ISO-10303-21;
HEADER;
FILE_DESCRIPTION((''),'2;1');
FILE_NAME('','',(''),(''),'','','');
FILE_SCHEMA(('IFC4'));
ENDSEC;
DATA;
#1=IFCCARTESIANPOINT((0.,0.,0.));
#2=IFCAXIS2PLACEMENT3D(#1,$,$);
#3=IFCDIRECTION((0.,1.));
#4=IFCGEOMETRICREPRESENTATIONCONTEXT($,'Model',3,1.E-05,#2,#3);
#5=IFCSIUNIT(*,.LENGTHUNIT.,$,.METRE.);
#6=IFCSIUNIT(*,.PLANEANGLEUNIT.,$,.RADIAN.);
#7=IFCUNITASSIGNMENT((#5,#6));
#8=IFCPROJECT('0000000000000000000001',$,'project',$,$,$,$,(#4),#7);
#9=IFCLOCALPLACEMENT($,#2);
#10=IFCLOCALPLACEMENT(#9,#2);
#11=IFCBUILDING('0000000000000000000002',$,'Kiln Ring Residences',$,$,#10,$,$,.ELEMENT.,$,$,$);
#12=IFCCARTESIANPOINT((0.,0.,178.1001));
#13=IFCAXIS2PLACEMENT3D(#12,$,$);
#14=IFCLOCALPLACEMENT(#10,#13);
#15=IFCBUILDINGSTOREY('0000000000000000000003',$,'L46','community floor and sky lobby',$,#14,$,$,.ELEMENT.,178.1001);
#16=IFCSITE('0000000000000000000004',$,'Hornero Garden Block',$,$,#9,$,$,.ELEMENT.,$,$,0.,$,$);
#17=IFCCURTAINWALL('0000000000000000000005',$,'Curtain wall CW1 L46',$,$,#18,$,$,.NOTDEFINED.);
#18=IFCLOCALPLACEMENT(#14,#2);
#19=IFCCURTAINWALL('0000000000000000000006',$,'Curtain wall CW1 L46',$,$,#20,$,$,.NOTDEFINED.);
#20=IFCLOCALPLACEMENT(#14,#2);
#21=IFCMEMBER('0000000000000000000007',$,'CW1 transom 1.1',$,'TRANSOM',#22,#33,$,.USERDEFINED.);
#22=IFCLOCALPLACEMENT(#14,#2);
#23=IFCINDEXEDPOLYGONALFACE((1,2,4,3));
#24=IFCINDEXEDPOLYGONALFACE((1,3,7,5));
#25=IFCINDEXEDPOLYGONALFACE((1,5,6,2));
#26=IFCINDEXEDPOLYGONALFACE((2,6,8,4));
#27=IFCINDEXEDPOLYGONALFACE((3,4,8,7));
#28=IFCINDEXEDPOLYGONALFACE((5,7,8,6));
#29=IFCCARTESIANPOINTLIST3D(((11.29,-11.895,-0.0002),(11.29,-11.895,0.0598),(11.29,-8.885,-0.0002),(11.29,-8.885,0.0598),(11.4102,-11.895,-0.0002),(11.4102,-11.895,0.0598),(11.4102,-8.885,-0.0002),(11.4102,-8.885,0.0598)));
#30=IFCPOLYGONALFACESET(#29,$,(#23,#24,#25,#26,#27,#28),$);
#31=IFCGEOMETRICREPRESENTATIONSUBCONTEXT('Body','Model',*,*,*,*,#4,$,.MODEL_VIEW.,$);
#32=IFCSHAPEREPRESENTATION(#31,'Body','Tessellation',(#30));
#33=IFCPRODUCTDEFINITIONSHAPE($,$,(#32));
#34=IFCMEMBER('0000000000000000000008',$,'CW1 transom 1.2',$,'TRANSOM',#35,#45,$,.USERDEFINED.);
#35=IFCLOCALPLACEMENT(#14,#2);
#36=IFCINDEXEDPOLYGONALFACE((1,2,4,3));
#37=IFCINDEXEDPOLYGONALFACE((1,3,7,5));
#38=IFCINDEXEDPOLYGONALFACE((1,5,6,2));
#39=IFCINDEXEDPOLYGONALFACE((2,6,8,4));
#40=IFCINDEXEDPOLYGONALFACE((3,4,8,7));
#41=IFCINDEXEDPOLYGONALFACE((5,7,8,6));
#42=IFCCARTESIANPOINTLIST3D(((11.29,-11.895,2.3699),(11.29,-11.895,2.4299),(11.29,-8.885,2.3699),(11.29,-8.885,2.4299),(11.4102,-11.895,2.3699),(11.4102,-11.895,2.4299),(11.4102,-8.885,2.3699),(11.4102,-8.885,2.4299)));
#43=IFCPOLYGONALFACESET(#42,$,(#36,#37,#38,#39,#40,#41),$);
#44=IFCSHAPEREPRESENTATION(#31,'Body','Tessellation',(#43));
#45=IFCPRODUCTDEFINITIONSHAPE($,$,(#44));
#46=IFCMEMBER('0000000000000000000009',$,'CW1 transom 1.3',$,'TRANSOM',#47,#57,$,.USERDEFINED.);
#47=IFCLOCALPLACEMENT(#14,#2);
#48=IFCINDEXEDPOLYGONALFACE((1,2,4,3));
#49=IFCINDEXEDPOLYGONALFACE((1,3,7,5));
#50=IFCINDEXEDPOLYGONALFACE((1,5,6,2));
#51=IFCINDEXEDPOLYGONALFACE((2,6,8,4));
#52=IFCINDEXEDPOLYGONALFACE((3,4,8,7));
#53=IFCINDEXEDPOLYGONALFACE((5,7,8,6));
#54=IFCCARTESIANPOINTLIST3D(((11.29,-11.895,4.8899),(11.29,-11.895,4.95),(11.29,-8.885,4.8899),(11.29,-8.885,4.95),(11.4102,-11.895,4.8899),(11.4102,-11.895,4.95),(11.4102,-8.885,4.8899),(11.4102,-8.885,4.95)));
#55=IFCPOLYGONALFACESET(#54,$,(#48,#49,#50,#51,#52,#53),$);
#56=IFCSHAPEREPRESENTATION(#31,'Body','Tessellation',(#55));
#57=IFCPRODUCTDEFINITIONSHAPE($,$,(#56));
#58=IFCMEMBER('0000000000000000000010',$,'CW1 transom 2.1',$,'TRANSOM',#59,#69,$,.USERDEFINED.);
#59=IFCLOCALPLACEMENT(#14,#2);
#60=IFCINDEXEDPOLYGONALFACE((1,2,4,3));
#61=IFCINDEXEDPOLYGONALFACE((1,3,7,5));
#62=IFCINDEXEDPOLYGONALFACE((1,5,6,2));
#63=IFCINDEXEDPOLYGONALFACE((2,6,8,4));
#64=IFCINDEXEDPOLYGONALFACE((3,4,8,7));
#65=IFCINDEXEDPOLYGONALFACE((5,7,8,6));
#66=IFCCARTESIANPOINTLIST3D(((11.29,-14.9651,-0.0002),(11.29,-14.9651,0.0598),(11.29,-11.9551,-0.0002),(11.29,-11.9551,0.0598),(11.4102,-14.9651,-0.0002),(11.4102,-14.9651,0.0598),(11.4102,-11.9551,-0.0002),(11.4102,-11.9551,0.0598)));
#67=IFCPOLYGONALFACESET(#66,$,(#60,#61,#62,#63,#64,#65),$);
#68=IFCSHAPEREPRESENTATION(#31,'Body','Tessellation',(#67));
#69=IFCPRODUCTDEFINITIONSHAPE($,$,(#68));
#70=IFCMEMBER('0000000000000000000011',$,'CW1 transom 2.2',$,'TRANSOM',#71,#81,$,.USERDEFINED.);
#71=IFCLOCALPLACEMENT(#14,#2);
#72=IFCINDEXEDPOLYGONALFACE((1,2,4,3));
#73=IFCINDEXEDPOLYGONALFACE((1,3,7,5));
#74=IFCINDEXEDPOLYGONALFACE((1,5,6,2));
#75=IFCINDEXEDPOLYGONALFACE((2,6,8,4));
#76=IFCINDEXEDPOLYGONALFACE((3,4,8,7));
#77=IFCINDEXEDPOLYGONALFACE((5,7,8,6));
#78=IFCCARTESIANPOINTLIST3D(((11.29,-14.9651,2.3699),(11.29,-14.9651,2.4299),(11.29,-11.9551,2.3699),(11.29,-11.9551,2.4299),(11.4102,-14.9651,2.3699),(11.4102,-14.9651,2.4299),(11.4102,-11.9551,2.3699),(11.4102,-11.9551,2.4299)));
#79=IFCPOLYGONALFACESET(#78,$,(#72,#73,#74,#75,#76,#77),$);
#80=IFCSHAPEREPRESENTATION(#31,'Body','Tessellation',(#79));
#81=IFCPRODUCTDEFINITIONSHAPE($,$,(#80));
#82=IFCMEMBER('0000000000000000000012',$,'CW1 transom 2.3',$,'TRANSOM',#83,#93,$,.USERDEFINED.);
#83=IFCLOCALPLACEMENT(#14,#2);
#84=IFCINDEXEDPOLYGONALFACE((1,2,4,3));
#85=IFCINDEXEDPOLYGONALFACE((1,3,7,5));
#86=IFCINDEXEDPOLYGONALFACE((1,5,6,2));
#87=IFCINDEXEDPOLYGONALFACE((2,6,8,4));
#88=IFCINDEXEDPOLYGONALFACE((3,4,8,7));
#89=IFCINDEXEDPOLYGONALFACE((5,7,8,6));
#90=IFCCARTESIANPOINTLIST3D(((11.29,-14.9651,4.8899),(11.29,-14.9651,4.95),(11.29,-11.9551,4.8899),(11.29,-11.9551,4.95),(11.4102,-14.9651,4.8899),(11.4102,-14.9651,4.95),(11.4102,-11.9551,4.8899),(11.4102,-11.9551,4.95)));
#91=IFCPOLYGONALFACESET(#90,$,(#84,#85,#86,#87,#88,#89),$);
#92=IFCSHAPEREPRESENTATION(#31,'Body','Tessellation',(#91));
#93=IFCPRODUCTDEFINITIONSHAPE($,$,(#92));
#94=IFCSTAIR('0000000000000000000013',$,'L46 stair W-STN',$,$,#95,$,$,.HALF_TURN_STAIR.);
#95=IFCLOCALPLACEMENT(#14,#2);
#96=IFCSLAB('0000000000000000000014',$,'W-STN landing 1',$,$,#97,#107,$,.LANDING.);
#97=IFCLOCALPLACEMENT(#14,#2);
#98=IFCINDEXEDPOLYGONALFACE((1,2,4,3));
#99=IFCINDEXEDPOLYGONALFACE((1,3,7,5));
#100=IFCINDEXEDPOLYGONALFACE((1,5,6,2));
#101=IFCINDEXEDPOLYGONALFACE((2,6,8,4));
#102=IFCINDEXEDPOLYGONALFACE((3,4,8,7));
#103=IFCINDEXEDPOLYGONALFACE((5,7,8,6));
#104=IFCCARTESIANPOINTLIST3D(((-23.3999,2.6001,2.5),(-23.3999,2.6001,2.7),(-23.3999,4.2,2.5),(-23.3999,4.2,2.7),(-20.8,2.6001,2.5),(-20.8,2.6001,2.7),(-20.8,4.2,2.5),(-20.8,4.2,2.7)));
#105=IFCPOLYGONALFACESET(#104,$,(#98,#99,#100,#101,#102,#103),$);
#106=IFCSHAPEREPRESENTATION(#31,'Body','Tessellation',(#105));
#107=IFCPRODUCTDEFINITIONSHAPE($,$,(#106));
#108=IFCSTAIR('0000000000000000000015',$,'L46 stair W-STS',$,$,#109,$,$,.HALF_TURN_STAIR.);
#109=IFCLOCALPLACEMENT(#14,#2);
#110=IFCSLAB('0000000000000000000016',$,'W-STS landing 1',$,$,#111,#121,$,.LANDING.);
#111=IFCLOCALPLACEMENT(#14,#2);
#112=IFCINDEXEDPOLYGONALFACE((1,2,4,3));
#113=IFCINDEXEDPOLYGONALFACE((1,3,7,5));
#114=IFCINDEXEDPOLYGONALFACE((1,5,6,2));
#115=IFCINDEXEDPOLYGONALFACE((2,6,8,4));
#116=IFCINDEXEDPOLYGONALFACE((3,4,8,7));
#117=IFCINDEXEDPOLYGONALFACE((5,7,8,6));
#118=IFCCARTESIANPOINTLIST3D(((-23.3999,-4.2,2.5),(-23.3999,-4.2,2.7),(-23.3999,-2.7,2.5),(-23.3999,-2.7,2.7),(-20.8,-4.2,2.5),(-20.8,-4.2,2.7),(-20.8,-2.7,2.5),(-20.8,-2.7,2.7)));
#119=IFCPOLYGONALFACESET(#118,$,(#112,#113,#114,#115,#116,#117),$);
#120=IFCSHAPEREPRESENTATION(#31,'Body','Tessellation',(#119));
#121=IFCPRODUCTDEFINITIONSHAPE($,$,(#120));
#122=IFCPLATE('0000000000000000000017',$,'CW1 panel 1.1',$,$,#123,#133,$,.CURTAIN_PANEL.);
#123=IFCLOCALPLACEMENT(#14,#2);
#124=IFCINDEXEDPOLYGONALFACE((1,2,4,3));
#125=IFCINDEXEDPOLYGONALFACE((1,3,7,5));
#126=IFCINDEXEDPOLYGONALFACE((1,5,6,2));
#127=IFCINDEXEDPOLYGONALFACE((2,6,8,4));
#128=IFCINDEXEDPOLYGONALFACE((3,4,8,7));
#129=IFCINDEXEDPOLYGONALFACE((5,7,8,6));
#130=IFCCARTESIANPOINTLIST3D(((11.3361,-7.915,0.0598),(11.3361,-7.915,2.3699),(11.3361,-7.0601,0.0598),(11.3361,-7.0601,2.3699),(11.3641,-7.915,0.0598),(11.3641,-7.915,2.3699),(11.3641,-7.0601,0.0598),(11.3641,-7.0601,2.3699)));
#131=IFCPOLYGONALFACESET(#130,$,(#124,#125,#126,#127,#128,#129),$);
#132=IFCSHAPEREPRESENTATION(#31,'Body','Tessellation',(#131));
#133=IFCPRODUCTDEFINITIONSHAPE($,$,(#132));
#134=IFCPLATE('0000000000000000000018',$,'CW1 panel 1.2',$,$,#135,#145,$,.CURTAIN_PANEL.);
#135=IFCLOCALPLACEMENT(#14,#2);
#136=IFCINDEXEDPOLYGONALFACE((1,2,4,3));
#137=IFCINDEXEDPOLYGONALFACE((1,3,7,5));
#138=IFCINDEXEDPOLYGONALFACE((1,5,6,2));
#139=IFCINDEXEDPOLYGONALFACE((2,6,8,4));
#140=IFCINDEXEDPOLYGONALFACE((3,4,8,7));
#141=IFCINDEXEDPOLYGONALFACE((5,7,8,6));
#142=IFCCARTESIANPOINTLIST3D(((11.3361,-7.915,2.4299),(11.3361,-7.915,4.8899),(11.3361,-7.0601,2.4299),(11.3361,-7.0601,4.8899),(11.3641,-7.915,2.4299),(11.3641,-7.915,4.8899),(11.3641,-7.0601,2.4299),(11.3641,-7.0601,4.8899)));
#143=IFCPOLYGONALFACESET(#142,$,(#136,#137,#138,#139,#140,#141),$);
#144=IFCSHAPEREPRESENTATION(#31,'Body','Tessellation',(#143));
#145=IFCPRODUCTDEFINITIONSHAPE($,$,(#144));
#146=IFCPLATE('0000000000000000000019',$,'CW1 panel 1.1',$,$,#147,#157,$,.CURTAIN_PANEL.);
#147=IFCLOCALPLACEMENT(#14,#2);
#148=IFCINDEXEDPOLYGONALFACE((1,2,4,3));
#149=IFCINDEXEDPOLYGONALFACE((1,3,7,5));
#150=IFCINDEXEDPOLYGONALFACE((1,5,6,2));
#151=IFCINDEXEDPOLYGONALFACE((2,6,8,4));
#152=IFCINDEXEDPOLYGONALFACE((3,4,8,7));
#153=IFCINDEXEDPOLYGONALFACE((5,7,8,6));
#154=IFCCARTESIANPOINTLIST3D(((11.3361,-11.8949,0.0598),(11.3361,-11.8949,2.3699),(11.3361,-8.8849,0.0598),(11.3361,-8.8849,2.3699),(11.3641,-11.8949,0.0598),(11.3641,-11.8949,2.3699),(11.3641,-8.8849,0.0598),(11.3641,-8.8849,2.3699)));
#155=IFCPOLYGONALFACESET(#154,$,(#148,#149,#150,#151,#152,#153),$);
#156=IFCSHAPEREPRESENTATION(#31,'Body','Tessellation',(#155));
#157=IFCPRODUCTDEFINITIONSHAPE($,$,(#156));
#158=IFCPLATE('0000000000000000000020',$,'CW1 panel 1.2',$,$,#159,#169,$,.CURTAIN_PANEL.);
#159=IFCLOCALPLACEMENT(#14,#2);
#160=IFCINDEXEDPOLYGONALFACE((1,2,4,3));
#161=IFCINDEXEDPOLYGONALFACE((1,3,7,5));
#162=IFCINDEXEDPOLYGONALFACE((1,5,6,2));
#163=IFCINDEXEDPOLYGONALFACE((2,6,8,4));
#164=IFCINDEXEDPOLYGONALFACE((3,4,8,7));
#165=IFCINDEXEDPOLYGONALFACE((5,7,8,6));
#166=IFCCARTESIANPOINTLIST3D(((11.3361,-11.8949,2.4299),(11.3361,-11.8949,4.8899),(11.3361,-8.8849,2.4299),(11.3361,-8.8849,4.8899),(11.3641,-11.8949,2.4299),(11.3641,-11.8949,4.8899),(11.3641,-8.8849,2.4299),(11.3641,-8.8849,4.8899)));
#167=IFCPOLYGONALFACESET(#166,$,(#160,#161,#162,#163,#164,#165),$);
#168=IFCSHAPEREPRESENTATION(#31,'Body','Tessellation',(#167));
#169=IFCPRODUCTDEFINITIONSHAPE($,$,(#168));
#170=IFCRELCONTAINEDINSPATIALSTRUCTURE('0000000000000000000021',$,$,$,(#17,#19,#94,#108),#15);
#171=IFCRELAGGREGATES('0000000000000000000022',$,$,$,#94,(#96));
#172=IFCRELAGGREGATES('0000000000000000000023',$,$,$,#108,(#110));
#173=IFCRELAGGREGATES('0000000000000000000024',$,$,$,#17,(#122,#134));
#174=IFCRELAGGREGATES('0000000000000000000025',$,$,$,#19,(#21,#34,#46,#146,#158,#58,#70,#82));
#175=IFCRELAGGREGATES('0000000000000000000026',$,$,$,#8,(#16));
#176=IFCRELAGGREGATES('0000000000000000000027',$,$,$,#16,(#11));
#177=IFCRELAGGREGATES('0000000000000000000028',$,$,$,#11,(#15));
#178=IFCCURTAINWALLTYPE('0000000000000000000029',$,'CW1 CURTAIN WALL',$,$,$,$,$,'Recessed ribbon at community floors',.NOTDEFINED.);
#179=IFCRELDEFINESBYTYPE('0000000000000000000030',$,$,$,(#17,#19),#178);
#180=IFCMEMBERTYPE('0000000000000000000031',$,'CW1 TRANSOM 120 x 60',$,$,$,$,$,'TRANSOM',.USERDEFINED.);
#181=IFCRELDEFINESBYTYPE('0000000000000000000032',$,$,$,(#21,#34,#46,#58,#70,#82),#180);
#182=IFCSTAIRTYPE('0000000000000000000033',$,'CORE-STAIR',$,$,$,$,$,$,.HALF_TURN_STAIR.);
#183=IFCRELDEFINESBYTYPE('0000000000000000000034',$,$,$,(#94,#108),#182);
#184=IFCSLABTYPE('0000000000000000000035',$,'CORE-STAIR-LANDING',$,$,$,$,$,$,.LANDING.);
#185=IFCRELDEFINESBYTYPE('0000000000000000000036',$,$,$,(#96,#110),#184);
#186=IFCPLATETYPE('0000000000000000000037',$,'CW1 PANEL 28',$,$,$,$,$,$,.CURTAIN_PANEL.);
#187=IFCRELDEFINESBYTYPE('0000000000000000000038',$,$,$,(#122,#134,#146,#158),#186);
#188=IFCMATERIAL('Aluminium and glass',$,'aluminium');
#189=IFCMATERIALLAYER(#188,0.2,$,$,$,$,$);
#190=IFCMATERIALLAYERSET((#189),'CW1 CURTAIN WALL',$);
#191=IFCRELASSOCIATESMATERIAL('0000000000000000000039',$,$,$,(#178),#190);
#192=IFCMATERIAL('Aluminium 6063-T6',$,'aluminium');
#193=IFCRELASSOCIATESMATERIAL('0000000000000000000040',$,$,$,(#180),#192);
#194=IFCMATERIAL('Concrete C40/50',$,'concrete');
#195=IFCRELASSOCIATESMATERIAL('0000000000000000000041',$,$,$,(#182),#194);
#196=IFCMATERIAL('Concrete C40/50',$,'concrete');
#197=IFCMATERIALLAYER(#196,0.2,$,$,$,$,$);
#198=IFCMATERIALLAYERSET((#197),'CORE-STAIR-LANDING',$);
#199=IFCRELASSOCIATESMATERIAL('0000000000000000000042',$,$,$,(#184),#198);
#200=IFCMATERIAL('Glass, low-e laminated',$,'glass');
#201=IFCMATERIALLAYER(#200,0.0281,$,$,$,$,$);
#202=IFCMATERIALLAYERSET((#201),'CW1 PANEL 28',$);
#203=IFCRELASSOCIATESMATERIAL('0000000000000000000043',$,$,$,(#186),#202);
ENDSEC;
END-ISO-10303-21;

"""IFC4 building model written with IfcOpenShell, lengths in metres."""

from ifc_helpers import new_model, si_unit, direction, frame, origin, origin_2d, place, context, subcontext, project, spatial, polyline, rectangle, outline, extrude, material, layer, layer_set, material_profile, profile_set, type_object, element, aggregate, save


model = new_model("IFC4")

# Units and contexts
model_context = context("Model", 3, precision=1e-05, world=origin(), true_north=direction((0.0, 1.0)))
body_context = subcontext(model_context, "Body", "Model", "MODEL_VIEW")
ifc_project = project(units=[si_unit("LENGTHUNIT", "METRE"), si_unit("PLANEANGLEUNIT", "RADIAN")], contexts=[model_context])

# Site, building, storey
site_placement = place(None, origin())
site = spatial("IfcSite", under=ifc_project, at=site_placement, Name="Hornero Garden Block", CompositionType="ELEMENT", RefElevation=0.0)
building_placement = place(site_placement, origin())
building = spatial("IfcBuilding", under=site, at=building_placement, Name="Kiln Ring Residences", CompositionType="ELEMENT")
storey_placement = place(building_placement, frame((0.0, 0.0, 178.1001)))
storey = spatial("IfcBuildingStorey", under=building, at=storey_placement, Name="L46", Description="community floor and sky lobby", CompositionType="ELEMENT", Elevation=178.1001)

# Curtain wall
ifc_material_1 = material(Name="Aluminium and glass", Category="aluminium")
ifc_layer_1 = layer(ifc_material_1, 0.2)
ifc_layer_set_1 = layer_set([ifc_layer_1], Name="CW1 CURTAIN WALL")
curtain_wall_type = type_object("IfcCurtainWallType", Name="CW1 CURTAIN WALL", ElementType="Recessed ribbon at community floors", PredefinedType="NOTDEFINED", material=ifc_layer_set_1)
placement_1 = place(storey_placement, origin())
curtain_wall_1 = element("IfcCurtainWall", 1, at=placement_1, inside=storey, type_object=curtain_wall_type, Name="Curtain wall CW1 L46", PredefinedType="NOTDEFINED")

# Curtain wall
curtain_wall_2 = element("IfcCurtainWall", 2, at=placement_1, inside=storey, type_object=curtain_wall_type, Name="Curtain wall CW1 L46", PredefinedType="NOTDEFINED")

# Members
ifc_material_2 = material(Name="Aluminium 6063-T6", Category="aluminium")
ifc_material_profile_1 = material_profile(ifc_material_2, rectangle(XDim=0.1201, YDim=0.0601, at=origin_2d()), Name="AL 120x60")
ifc_profile_set_1 = profile_set([ifc_material_profile_1], Name="Aluminium 6063-T6")
member_type_1 = type_object("IfcMemberType", Name="CW1 TRANSOM 120 x 60", ElementType="TRANSOM", PredefinedType="USERDEFINED", material=ifc_profile_set_1)
member_1_placement = place(storey_placement, frame((11.3501, -8.885, 0.0298), z_axis=(0.0, -1.0, 0.0), x_axis=(1.0, 0.0, 0.0)))
member_1 = element("IfcMember", 3, at=member_1_placement, type_object=member_type_1, Name="CW1 transom 1.1", ObjectType="TRANSOM", PredefinedType="USERDEFINED", context=body_context, shape_type="SweptSolid", body=[
    extrude(rectangle(XDim=0.1201, YDim=0.0601, at=origin_2d()), origin(), (0.0, 0.0, 1.0), 3.01),
])
member_2_placement = place(storey_placement, frame((11.3501, -8.885, 2.3999), z_axis=(0.0, -1.0, 0.0), x_axis=(1.0, 0.0, 0.0)))
member_2 = element("IfcMember", 4, at=member_2_placement, type_object=member_type_1, Name="CW1 transom 1.2", ObjectType="TRANSOM", PredefinedType="USERDEFINED", context=body_context, shape_type="SweptSolid", body=[
    extrude(rectangle(XDim=0.1201, YDim=0.0601, at=origin_2d()), origin(), (0.0, 0.0, 1.0), 3.01),
])
member_3_placement = place(storey_placement, frame((11.3501, -8.885, 4.9199), z_axis=(0.0, -1.0, 0.0), x_axis=(1.0, 0.0, 0.0)))
member_3 = element("IfcMember", 5, at=member_3_placement, type_object=member_type_1, Name="CW1 transom 1.3", ObjectType="TRANSOM", PredefinedType="USERDEFINED", context=body_context, shape_type="SweptSolid", body=[
    extrude(rectangle(XDim=0.1201, YDim=0.0601, at=origin_2d()), origin(), (0.0, 0.0, 1.0), 3.01),
])
member_4_placement = place(storey_placement, frame((11.3501, -11.9551, 0.0298), z_axis=(0.0, -1.0, 0.0), x_axis=(1.0, 0.0, 0.0)))
member_4 = element("IfcMember", 6, at=member_4_placement, type_object=member_type_1, Name="CW1 transom 2.1", ObjectType="TRANSOM", PredefinedType="USERDEFINED", context=body_context, shape_type="SweptSolid", body=[
    extrude(rectangle(XDim=0.1201, YDim=0.0601, at=origin_2d()), origin(), (0.0, 0.0, 1.0), 3.01),
])
member_5_placement = place(storey_placement, frame((11.3501, -11.9551, 2.3999), z_axis=(0.0, -1.0, 0.0), x_axis=(1.0, 0.0, 0.0)))
member_5 = element("IfcMember", 7, at=member_5_placement, type_object=member_type_1, Name="CW1 transom 2.2", ObjectType="TRANSOM", PredefinedType="USERDEFINED", context=body_context, shape_type="SweptSolid", body=[
    extrude(rectangle(XDim=0.1201, YDim=0.0601, at=origin_2d()), origin(), (0.0, 0.0, 1.0), 3.01),
])
member_6_placement = place(storey_placement, frame((11.3501, -11.9551, 4.9199), z_axis=(0.0, -1.0, 0.0), x_axis=(1.0, 0.0, 0.0)))
member_6 = element("IfcMember", 8, at=member_6_placement, type_object=member_type_1, Name="CW1 transom 2.3", ObjectType="TRANSOM", PredefinedType="USERDEFINED", context=body_context, shape_type="SweptSolid", body=[
    extrude(rectangle(XDim=0.1201, YDim=0.0601, at=origin_2d()), origin(), (0.0, 0.0, 1.0), 3.01),
])

# Stairs, slabs
ifc_material_3 = material(Name="Concrete C40/50", Category="concrete")
stair_type = type_object("IfcStairType", Name="CORE-STAIR", PredefinedType="HALF_TURN_STAIR", material=ifc_material_3)
stair_1 = element("IfcStair", 9, at=placement_1, inside=storey, type_object=stair_type, Name="L46 stair W-STN", PredefinedType="HALF_TURN_STAIR")
ifc_material_4 = material(Name="Concrete C40/50", Category="concrete")
ifc_layer_2 = layer(ifc_material_4, 0.2)
ifc_layer_set_2 = layer_set([ifc_layer_2], Name="CORE-STAIR-LANDING")
slab_type = type_object("IfcSlabType", Name="CORE-STAIR-LANDING", PredefinedType="LANDING", material=ifc_layer_set_2)
placement_2 = place(storey_placement, frame((0.0, 0.0, 2.5)))
slab_1 = element("IfcSlab", 10, at=placement_2, type_object=slab_type, Name="W-STN landing 1", PredefinedType="LANDING", context=body_context, shape_type="SweptSolid", body=[
    extrude(outline(polyline([(-23.3999, 4.2), (-23.3999, 2.6001), (-20.8, 2.6001), (-20.8, 4.2), (-23.3999, 4.2)])), origin(), (0.0, 0.0, 1.0), 0.2),
])
aggregate(stair_1, [slab_1])
stair_2 = element("IfcStair", 11, at=placement_1, inside=storey, type_object=stair_type, Name="L46 stair W-STS", PredefinedType="HALF_TURN_STAIR")
slab_2 = element("IfcSlab", 12, at=placement_2, type_object=slab_type, Name="W-STS landing 1", PredefinedType="LANDING", context=body_context, shape_type="SweptSolid", body=[
    extrude(outline(polyline([(-20.8, -4.2), (-20.8, -2.7), (-23.3999, -2.7), (-23.3999, -4.2), (-20.8, -4.2)])), origin(), (0.0, 0.0, 1.0), 0.2),
])
aggregate(stair_2, [slab_2])

# Plates
ifc_material_5 = material(Name="Glass, low-e laminated", Category="glass")
ifc_layer_3 = layer(ifc_material_5, 0.0281)
ifc_layer_set_3 = layer_set([ifc_layer_3], Name="CW1 PANEL 28")
plate_type = type_object("IfcPlateType", Name="CW1 PANEL 28", PredefinedType="CURTAIN_PANEL", material=ifc_layer_set_3)
plate_1_placement = place(storey_placement, frame((11.3501, -7.4875, 0.0598), z_axis=(0.0, 0.0, 1.0), x_axis=(0.0, -1.0, 0.0)))
plate_1 = element("IfcPlate", 13, at=plate_1_placement, type_object=plate_type, Name="CW1 panel 1.1", PredefinedType="CURTAIN_PANEL", context=body_context, shape_type="SweptSolid", body=[
    extrude(rectangle(XDim=0.855, YDim=0.0281, at=origin_2d()), origin(), (0.0, 0.0, 1.0), 2.3101),
])
plate_2_placement = place(storey_placement, frame((11.3501, -7.4875, 2.4299), z_axis=(0.0, 0.0, 1.0), x_axis=(0.0, -1.0, 0.0)))
plate_2 = element("IfcPlate", 14, at=plate_2_placement, type_object=plate_type, Name="CW1 panel 1.2", PredefinedType="CURTAIN_PANEL", context=body_context, shape_type="SweptSolid", body=[
    extrude(rectangle(XDim=0.855, YDim=0.0281, at=origin_2d()), origin(), (0.0, 0.0, 1.0), 2.46),
])
aggregate(curtain_wall_1, [plate_1, plate_2])
plate_3_placement = place(storey_placement, frame((11.3501, -10.3899, 0.0598), z_axis=(0.0, 0.0, 1.0), x_axis=(0.0, -1.0, 0.0)))
plate_3 = element("IfcPlate", 15, at=plate_3_placement, type_object=plate_type, Name="CW1 panel 1.1", PredefinedType="CURTAIN_PANEL", context=body_context, shape_type="SweptSolid", body=[
    extrude(rectangle(XDim=3.01, YDim=0.0281, at=origin_2d()), origin(), (0.0, 0.0, 1.0), 2.3101),
])
plate_4_placement = place(storey_placement, frame((11.3501, -10.3899, 2.4299), z_axis=(0.0, 0.0, 1.0), x_axis=(0.0, -1.0, 0.0)))
plate_4 = element("IfcPlate", 16, at=plate_4_placement, type_object=plate_type, Name="CW1 panel 1.2", PredefinedType="CURTAIN_PANEL", context=body_context, shape_type="SweptSolid", body=[
    extrude(rectangle(XDim=3.01, YDim=0.0281, at=origin_2d()), origin(), (0.0, 0.0, 1.0), 2.46),
])
aggregate(curtain_wall_2, [member_1, member_2, member_3, plate_3, plate_4, member_4, member_5, member_6])

save(model, "model.ifc")
